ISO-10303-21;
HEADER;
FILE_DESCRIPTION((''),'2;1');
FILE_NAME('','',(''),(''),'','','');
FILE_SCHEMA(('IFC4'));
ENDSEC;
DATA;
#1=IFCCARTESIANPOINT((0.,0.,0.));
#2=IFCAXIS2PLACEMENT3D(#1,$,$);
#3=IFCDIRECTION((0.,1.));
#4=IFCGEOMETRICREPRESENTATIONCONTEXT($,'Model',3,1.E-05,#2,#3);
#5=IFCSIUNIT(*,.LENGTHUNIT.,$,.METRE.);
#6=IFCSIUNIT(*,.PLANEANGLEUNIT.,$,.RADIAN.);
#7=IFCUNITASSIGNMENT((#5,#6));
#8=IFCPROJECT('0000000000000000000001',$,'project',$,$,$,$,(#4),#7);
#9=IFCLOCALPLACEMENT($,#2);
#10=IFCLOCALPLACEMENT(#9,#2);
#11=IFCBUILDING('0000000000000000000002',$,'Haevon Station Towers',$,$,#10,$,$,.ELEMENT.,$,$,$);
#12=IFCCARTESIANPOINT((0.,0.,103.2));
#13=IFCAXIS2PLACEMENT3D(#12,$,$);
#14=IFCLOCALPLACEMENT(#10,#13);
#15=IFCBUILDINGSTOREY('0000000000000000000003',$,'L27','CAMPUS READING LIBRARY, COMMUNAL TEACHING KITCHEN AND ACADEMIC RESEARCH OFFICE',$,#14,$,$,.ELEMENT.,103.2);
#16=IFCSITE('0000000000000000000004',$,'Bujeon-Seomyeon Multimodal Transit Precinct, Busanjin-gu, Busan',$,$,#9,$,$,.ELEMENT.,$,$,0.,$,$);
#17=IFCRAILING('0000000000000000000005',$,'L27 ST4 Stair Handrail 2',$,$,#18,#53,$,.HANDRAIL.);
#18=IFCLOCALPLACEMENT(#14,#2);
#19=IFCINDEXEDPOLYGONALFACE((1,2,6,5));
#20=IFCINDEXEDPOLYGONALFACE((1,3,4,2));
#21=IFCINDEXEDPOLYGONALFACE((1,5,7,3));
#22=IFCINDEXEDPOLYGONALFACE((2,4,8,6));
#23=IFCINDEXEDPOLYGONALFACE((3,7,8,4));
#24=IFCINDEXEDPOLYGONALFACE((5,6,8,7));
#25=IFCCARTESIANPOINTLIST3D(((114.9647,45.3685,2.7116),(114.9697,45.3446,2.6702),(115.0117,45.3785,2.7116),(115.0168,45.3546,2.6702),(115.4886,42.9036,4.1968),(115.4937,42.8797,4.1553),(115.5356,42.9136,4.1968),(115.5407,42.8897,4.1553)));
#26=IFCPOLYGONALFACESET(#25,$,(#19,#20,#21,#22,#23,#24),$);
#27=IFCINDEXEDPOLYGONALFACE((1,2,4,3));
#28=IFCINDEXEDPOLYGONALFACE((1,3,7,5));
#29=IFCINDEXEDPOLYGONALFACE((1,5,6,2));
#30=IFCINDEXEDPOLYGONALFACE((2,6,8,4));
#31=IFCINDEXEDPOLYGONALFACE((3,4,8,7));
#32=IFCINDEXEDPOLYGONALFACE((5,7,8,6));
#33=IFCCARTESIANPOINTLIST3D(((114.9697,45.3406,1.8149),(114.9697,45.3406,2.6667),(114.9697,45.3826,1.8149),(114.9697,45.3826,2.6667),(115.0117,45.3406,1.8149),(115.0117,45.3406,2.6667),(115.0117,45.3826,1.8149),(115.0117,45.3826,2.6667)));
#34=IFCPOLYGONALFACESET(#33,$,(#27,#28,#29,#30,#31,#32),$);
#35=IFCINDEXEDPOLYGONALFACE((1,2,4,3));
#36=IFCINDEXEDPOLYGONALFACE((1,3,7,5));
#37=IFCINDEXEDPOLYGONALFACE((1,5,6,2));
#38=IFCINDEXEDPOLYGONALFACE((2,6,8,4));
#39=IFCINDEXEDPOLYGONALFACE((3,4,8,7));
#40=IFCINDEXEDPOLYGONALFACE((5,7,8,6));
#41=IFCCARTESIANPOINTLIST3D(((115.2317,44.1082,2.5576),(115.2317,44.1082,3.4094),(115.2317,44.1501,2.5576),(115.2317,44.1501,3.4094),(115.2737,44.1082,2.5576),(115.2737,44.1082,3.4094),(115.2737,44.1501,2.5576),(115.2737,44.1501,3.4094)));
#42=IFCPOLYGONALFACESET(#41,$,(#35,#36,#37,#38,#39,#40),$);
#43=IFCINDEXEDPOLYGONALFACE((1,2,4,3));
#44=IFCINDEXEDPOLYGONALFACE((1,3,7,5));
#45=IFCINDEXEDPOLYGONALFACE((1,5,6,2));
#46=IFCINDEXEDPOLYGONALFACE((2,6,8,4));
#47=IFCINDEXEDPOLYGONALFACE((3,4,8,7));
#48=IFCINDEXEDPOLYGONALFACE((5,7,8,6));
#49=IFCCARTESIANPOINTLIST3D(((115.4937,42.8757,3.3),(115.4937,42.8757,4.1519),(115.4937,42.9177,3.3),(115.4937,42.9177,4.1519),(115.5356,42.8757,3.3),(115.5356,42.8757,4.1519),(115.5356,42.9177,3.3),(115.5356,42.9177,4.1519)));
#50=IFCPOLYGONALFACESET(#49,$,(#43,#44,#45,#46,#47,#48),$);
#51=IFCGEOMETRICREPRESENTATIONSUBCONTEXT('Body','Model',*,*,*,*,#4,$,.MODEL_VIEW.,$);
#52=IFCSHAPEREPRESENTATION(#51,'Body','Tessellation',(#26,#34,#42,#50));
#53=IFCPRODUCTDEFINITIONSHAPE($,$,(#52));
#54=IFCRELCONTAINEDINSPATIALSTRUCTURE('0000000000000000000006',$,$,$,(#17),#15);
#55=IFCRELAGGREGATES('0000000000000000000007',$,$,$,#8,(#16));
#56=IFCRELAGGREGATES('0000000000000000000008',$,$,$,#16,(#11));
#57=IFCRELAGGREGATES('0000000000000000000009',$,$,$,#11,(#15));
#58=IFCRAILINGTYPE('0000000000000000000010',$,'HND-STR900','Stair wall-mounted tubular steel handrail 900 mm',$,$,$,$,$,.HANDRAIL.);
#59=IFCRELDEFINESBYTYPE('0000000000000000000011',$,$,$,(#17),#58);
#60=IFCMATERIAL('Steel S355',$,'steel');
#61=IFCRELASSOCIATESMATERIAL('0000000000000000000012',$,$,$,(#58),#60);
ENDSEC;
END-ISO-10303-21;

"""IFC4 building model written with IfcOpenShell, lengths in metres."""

from ifc_helpers import new_model, si_unit, direction, frame, origin, origin_2d, place, context, subcontext, project, spatial, rectangle, extrude, material, type_object, element, save


model = new_model("IFC4")

# Units and contexts
model_context = context("Model", 3, precision=1e-05, world=origin(), true_north=direction((0.0, 1.0)))
body_context = subcontext(model_context, "Body", "Model", "MODEL_VIEW")
ifc_project = project(units=[si_unit("LENGTHUNIT", "METRE"), si_unit("PLANEANGLEUNIT", "RADIAN")], contexts=[model_context])

# Site, building, storey
site_placement = place(None, origin())
site = spatial("IfcSite", under=ifc_project, at=site_placement, Name="Bujeon-Seomyeon Multimodal Transit Precinct, Busanjin-gu, Busan", CompositionType="ELEMENT", RefElevation=0.0)
building_placement = place(site_placement, origin())
building = spatial("IfcBuilding", under=site, at=building_placement, Name="Haevon Station Towers", CompositionType="ELEMENT")
storey_placement = place(building_placement, frame((0.0, 0.0, 103.2)))
storey = spatial("IfcBuildingStorey", under=building, at=storey_placement, Name="L27", Description="CAMPUS READING LIBRARY, COMMUNAL TEACHING KITCHEN AND ACADEMIC RESEARCH OFFICE", CompositionType="ELEMENT", Elevation=103.2)

# Shared definitions
ifc_material_1 = material(Name="Steel S355", Category="steel")

# Railing
railing_type_1 = type_object("IfcRailingType", Name="HND-STR900", Description="Stair wall-mounted tubular steel handrail 900 mm", PredefinedType="HANDRAIL", material=ifc_material_1)
railing_1_placement = place(storey_placement, frame((114.9907, 45.3616, 1.8149)))
element("IfcRailing", 1, at=railing_1_placement, inside=storey, type_object=railing_type_1, Name="L27 ST4 Stair Handrail 2", PredefinedType="HANDRAIL", context=body_context, shape_type="SweptSolid", body=[
    extrude(rectangle(XDim=0.0481, YDim=0.0481, at=origin_2d()), frame((0.0, 0.0, 0.876), z_axis=(0.179121, -0.842688, 0.507733), x_axis=(0.978147, 0.207914, 0.0)), (0.0, 0.0, 1.0), 2.925),
    extrude(rectangle(XDim=0.042, YDim=0.042, at=origin_2d()), origin(), (0.0, 0.0, 1.0), 0.8518),
    extrude(rectangle(XDim=0.042, YDim=0.042, at=origin_2d()), frame((0.262, -1.2324, 0.7427)), (0.0, 0.0, 1.0), 0.8518),
    extrude(rectangle(XDim=0.042, YDim=0.042, at=origin_2d()), frame((0.5239, -2.4648, 1.4851)), (0.0, 0.0, 1.0), 0.8518),
])

save(model, "model.ifc")
